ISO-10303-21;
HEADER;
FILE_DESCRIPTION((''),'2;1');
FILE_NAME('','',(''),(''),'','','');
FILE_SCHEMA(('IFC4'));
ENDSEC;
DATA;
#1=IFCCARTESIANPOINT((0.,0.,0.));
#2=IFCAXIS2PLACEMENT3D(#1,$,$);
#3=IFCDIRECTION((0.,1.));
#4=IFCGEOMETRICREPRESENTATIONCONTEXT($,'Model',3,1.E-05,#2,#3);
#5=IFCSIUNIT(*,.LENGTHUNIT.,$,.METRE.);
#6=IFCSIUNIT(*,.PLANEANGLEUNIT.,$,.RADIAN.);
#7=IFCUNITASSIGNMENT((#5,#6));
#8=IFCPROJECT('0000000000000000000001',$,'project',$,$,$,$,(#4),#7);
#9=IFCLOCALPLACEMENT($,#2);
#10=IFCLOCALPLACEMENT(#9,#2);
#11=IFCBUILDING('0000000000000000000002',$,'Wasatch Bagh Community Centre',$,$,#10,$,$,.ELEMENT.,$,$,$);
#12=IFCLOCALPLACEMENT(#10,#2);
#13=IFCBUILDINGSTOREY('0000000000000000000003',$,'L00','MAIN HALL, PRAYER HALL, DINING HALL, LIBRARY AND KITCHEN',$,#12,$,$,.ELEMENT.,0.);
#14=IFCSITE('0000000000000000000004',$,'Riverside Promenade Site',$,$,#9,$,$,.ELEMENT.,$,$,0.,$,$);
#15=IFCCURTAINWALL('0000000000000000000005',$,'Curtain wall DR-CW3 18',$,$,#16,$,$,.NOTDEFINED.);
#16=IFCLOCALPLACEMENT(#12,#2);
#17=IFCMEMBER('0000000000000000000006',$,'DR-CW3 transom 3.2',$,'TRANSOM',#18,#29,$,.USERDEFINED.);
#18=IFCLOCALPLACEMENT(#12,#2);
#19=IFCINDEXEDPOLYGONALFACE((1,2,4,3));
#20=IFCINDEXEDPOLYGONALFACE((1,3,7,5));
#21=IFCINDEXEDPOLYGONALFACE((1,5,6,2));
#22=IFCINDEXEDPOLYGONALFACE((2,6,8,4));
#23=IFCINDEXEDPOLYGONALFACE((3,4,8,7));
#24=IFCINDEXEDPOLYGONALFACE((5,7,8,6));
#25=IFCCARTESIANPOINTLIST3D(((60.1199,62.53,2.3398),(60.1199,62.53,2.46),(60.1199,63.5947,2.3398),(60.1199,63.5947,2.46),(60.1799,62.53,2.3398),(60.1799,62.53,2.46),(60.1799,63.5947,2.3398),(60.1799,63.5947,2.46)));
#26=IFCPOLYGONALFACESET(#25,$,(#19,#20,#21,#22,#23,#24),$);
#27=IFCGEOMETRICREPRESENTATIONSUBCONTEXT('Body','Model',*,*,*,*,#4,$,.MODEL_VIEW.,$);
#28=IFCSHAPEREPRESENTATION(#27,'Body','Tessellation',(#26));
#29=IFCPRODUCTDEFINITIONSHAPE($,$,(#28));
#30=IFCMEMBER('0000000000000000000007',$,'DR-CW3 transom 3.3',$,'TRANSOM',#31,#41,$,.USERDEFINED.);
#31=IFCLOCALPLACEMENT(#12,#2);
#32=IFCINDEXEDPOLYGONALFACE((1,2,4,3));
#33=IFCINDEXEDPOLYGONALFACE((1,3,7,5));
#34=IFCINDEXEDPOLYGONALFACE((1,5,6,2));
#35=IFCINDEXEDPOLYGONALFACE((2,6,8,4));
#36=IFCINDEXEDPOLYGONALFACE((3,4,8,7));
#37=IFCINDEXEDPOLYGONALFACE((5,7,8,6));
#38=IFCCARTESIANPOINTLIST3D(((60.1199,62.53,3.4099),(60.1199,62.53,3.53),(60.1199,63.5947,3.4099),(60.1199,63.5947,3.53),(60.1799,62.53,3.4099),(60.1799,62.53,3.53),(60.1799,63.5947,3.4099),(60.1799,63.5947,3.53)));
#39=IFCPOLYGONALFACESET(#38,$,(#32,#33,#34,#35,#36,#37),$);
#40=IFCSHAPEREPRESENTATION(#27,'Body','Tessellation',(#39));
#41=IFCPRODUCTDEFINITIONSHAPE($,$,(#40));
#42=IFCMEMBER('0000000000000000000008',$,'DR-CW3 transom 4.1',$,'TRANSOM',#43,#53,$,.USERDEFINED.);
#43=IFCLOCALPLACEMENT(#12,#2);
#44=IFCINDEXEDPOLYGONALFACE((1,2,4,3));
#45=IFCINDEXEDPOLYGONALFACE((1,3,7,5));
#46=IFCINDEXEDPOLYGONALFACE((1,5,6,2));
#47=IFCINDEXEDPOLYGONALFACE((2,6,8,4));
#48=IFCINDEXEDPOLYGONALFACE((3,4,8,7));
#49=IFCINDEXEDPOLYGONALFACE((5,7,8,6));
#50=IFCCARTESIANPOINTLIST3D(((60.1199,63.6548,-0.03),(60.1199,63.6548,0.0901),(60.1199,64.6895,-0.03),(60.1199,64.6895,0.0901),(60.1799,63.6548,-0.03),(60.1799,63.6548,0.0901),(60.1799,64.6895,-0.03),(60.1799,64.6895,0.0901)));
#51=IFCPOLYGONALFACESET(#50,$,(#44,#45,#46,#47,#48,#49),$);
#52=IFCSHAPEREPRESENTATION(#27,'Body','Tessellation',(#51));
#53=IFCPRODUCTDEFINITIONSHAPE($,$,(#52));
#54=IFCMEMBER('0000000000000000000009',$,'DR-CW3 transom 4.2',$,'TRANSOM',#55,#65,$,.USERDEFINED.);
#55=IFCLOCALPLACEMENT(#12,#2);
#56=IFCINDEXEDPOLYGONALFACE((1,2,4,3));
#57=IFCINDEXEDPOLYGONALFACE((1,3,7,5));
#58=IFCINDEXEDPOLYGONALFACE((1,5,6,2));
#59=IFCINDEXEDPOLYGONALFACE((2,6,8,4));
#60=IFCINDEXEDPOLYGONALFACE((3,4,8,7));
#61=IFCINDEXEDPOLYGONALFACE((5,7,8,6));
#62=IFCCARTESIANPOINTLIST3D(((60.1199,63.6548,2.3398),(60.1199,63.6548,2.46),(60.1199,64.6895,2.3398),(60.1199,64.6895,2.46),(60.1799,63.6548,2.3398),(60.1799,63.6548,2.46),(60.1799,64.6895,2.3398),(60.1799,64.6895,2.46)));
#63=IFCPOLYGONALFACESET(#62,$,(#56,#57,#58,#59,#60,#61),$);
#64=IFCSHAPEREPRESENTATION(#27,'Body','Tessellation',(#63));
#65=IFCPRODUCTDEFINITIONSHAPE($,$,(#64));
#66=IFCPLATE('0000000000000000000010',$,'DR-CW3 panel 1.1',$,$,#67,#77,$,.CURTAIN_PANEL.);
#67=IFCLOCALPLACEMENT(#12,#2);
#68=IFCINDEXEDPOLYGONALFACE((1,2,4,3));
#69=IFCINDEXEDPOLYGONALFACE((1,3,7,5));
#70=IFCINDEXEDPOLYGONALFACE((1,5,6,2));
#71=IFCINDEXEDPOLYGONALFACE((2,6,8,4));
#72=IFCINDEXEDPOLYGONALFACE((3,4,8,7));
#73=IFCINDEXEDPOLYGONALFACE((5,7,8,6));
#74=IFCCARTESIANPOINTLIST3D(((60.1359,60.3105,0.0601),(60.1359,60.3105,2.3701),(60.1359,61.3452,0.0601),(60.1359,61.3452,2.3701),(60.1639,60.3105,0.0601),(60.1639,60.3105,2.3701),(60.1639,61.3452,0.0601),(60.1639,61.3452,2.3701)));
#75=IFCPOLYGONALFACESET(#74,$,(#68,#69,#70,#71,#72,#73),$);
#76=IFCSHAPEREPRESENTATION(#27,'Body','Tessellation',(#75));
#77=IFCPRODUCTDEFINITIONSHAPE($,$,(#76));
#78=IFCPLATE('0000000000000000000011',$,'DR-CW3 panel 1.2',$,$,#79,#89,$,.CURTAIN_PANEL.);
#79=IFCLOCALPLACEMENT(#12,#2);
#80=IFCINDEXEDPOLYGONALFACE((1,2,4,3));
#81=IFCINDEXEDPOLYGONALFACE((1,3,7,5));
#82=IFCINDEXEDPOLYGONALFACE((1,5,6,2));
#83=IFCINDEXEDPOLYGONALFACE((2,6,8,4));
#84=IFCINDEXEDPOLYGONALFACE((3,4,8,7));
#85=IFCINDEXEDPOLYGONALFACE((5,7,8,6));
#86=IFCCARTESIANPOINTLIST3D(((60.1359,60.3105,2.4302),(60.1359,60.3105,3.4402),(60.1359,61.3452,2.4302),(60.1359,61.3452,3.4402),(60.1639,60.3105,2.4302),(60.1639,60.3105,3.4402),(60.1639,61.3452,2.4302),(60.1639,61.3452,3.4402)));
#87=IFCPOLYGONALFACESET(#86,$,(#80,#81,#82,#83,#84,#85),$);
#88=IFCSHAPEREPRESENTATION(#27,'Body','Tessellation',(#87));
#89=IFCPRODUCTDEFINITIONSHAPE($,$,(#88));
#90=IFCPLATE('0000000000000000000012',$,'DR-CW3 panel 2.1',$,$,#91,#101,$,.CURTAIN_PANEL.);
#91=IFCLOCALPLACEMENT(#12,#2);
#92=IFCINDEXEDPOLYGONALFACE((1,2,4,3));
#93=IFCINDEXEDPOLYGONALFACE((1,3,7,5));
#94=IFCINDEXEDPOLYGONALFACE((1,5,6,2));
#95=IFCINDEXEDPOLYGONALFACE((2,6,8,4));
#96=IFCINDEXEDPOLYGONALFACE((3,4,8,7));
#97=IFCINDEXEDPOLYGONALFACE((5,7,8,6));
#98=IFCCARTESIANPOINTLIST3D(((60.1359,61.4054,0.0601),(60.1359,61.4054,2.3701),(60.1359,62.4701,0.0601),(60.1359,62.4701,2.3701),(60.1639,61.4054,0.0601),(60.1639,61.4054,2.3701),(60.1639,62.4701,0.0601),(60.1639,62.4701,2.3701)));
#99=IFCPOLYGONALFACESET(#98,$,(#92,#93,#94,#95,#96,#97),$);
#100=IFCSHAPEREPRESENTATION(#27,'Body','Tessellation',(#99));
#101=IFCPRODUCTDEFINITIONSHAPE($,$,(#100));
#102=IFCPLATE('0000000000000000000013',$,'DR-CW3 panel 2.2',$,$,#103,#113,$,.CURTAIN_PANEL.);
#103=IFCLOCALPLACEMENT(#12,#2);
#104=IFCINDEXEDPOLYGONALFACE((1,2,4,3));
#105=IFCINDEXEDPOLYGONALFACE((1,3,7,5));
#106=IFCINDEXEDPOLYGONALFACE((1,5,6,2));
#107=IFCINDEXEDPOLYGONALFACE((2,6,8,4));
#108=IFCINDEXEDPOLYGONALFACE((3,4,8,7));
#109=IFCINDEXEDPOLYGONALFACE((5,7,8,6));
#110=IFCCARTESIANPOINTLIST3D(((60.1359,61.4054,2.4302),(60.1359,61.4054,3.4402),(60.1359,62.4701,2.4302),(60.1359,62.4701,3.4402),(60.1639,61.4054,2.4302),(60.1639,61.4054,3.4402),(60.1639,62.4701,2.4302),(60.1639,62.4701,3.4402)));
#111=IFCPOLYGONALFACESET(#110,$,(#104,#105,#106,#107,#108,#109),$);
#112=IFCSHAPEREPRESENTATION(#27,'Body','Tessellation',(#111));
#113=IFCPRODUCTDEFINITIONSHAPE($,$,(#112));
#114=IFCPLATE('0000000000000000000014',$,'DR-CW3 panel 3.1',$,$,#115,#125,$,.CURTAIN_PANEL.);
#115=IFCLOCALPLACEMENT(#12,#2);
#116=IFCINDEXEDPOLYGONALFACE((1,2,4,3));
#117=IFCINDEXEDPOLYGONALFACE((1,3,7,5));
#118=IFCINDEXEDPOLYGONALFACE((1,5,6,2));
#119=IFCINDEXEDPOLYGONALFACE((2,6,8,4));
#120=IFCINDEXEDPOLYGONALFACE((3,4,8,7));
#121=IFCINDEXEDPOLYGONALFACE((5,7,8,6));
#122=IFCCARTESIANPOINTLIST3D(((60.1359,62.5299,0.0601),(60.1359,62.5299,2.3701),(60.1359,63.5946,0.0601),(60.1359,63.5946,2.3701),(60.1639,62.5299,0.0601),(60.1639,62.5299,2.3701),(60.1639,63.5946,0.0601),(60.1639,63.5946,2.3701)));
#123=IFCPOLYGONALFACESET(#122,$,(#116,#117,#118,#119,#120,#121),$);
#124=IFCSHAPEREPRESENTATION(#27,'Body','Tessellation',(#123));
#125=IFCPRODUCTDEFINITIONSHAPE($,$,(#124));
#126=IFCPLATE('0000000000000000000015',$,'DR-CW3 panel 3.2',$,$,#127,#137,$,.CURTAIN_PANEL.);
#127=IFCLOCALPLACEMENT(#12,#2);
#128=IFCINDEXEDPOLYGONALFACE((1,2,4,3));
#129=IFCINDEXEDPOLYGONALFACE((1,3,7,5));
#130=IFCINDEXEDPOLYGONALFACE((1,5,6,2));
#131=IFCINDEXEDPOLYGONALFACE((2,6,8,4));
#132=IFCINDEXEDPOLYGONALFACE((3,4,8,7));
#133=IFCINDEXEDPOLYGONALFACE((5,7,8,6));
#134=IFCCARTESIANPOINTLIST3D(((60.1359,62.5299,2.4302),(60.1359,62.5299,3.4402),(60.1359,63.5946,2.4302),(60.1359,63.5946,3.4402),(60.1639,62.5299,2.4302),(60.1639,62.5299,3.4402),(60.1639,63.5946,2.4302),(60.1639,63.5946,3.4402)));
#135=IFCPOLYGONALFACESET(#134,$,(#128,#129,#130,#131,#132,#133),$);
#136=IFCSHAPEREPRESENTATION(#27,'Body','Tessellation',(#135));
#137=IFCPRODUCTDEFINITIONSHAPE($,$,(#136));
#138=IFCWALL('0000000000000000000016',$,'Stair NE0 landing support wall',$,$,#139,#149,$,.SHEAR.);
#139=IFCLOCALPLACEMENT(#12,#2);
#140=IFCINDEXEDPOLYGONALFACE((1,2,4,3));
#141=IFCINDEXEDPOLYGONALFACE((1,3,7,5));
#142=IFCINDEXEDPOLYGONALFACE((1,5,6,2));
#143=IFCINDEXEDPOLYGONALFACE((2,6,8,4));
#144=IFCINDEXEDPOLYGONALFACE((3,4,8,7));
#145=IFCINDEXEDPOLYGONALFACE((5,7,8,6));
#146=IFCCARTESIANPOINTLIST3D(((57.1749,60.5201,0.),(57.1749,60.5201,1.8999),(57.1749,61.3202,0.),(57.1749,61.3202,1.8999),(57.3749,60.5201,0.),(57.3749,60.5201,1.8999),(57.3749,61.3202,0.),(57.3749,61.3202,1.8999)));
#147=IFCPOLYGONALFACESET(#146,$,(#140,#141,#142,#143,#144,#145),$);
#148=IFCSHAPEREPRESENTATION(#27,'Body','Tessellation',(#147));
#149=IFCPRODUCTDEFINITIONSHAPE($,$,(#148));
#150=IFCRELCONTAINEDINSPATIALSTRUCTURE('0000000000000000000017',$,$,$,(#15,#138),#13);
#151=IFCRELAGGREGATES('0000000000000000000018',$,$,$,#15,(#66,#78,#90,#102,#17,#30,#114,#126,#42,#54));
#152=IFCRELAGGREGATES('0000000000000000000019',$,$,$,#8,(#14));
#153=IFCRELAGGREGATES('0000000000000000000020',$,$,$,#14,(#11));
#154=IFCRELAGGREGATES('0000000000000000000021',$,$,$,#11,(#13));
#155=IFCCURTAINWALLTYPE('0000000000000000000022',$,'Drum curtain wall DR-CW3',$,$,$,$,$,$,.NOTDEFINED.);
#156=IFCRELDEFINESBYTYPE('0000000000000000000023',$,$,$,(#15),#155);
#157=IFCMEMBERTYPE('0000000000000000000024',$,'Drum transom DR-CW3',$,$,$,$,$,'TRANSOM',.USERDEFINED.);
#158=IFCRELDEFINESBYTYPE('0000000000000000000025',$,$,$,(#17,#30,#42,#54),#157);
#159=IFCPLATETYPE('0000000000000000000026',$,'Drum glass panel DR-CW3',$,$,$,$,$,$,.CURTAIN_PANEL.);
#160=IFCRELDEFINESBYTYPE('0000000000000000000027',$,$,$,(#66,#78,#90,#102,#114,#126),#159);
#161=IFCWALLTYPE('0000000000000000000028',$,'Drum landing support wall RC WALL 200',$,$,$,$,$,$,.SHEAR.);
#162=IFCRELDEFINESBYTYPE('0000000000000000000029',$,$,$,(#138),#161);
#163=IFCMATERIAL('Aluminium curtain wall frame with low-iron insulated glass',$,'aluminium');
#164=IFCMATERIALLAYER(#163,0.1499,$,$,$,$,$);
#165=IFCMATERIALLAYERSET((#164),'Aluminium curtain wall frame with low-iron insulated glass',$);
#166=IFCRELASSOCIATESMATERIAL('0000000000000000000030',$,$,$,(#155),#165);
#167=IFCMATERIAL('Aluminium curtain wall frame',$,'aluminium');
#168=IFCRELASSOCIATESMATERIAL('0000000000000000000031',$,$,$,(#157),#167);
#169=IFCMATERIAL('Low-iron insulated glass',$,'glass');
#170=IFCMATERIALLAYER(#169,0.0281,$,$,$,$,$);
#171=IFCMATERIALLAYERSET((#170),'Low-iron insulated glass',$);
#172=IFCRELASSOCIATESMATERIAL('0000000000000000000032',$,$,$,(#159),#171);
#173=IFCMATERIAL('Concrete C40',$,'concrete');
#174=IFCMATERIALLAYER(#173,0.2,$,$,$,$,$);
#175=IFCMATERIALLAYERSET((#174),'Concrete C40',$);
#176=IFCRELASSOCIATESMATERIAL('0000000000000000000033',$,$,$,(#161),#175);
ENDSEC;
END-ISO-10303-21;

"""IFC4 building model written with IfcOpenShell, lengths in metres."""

from ifc_helpers import new_model, si_unit, direction, frame, frame_2d, origin, origin_2d, place, context, subcontext, project, spatial, rectangle, extrude, material, layer, layer_set, material_profile, profile_set, type_object, element, aggregate, save


model = new_model("IFC4")

# Units and contexts
model_context = context("Model", 3, precision=1e-05, world=origin(), true_north=direction((0.0, 1.0)))
body_context = subcontext(model_context, "Body", "Model", "MODEL_VIEW")
ifc_project = project(units=[si_unit("LENGTHUNIT", "METRE"), si_unit("PLANEANGLEUNIT", "RADIAN")], contexts=[model_context])

# Site, building, storey
site_placement = place(None, origin())
site = spatial("IfcSite", under=ifc_project, at=site_placement, Name="Riverside Promenade Site", CompositionType="ELEMENT", RefElevation=0.0)
building_placement = place(site_placement, origin())
building = spatial("IfcBuilding", under=site, at=building_placement, Name="Wasatch Bagh Community Centre", CompositionType="ELEMENT")
storey_placement = place(building_placement, origin())
storey = spatial("IfcBuildingStorey", under=building, at=storey_placement, Name="L00", Description="MAIN HALL, PRAYER HALL, DINING HALL, LIBRARY AND KITCHEN", CompositionType="ELEMENT", Elevation=0.0)

# Curtain wall, members, plates
ifc_material_1 = material(Name="Aluminium curtain wall frame with low-iron insulated glass", Category="aluminium")
ifc_layer_1 = layer(ifc_material_1, 0.1499)
ifc_layer_set_1 = layer_set([ifc_layer_1], Name="Aluminium curtain wall frame with low-iron insulated glass")
curtain_wall_type = type_object("IfcCurtainWallType", Name="Drum curtain wall DR-CW3", PredefinedType="NOTDEFINED", material=ifc_layer_set_1)
curtain_wall_placement = place(storey_placement, origin())
curtain_wall = element("IfcCurtainWall", 1, at=curtain_wall_placement, inside=storey, type_object=curtain_wall_type, Name="Curtain wall DR-CW3 18", PredefinedType="NOTDEFINED")
ifc_material_2 = material(Name="Aluminium curtain wall frame", Category="aluminium")
ifc_material_profile_1 = material_profile(ifc_material_2, rectangle(XDim=0.0601, YDim=0.1201, at=origin_2d()), Name="Drum transom DR-CW3")
ifc_profile_set_1 = profile_set([ifc_material_profile_1], Name="Aluminium curtain wall frame")
member_type_1 = type_object("IfcMemberType", Name="Drum transom DR-CW3", ElementType="TRANSOM", PredefinedType="USERDEFINED", material=ifc_profile_set_1)
member_1_placement = place(storey_placement, frame((60.1499, 62.53, 2.3999), z_axis=(0.0, 1.0, 0.0), x_axis=(-1.0, 0.0, 0.0)))
member_1 = element("IfcMember", 2, at=member_1_placement, type_object=member_type_1, Name="DR-CW3 transom 3.2", ObjectType="TRANSOM", PredefinedType="USERDEFINED", context=body_context, shape_type="SweptSolid", body=[
    extrude(rectangle(XDim=0.0601, YDim=0.1201, at=origin_2d()), origin(), (0.0, 0.0, 1.0), 1.0647),
])
member_2_placement = place(storey_placement, frame((60.1499, 62.53, 3.47), z_axis=(0.0, 1.0, 0.0), x_axis=(-1.0, 0.0, 0.0)))
member_2 = element("IfcMember", 3, at=member_2_placement, type_object=member_type_1, Name="DR-CW3 transom 3.3", ObjectType="TRANSOM", PredefinedType="USERDEFINED", context=body_context, shape_type="SweptSolid", body=[
    extrude(rectangle(XDim=0.0601, YDim=0.1201, at=origin_2d()), origin(), (0.0, 0.0, 1.0), 1.0647),
])
member_3_placement = place(storey_placement, frame((60.1499, 63.6548, 0.03), z_axis=(0.0, 1.0, 0.0), x_axis=(-1.0, 0.0, 0.0)))
member_3 = element("IfcMember", 4, at=member_3_placement, type_object=member_type_1, Name="DR-CW3 transom 4.1", ObjectType="TRANSOM", PredefinedType="USERDEFINED", context=body_context, shape_type="SweptSolid", body=[
    extrude(rectangle(XDim=0.0601, YDim=0.1201, at=origin_2d()), origin(), (0.0, 0.0, 1.0), 1.0347),
])
member_4_placement = place(storey_placement, frame((60.1499, 63.6548, 2.3999), z_axis=(0.0, 1.0, 0.0), x_axis=(-1.0, 0.0, 0.0)))
member_4 = element("IfcMember", 5, at=member_4_placement, type_object=member_type_1, Name="DR-CW3 transom 4.2", ObjectType="TRANSOM", PredefinedType="USERDEFINED", context=body_context, shape_type="SweptSolid", body=[
    extrude(rectangle(XDim=0.0601, YDim=0.1201, at=origin_2d()), origin(), (0.0, 0.0, 1.0), 1.0347),
])
ifc_material_3 = material(Name="Low-iron insulated glass", Category="glass")
ifc_layer_2 = layer(ifc_material_3, 0.0281)
ifc_layer_set_2 = layer_set([ifc_layer_2], Name="Low-iron insulated glass")
plate_type = type_object("IfcPlateType", Name="Drum glass panel DR-CW3", PredefinedType="CURTAIN_PANEL", material=ifc_layer_set_2)
plate_1_placement = place(storey_placement, frame((60.1499, 60.8279, 0.0601), z_axis=(0.0, 0.0, 1.0), x_axis=(0.0, 1.0, 0.0)))
plate_1 = element("IfcPlate", 6, at=plate_1_placement, type_object=plate_type, Name="DR-CW3 panel 1.1", PredefinedType="CURTAIN_PANEL", context=body_context, shape_type="SweptSolid", body=[
    extrude(rectangle(XDim=1.0347, YDim=0.0281, at=origin_2d()), origin(), (0.0, 0.0, 1.0), 2.3101),
])
plate_2_placement = place(storey_placement, frame((60.1499, 60.8279, 2.4302), z_axis=(0.0, 0.0, 1.0), x_axis=(0.0, 1.0, 0.0)))
plate_2 = element("IfcPlate", 7, at=plate_2_placement, type_object=plate_type, Name="DR-CW3 panel 1.2", PredefinedType="CURTAIN_PANEL", context=body_context, shape_type="SweptSolid", body=[
    extrude(rectangle(XDim=1.0347, YDim=0.0281, at=origin_2d()), origin(), (0.0, 0.0, 1.0), 1.01),
])
plate_3_placement = place(storey_placement, frame((60.1499, 61.9377, 0.0601), z_axis=(0.0, 0.0, 1.0), x_axis=(0.0, 1.0, 0.0)))
plate_3 = element("IfcPlate", 8, at=plate_3_placement, type_object=plate_type, Name="DR-CW3 panel 2.1", PredefinedType="CURTAIN_PANEL", context=body_context, shape_type="SweptSolid", body=[
    extrude(rectangle(XDim=1.0647, YDim=0.0281, at=origin_2d()), origin(), (0.0, 0.0, 1.0), 2.3101),
])
plate_4_placement = place(storey_placement, frame((60.1499, 61.9377, 2.4302), z_axis=(0.0, 0.0, 1.0), x_axis=(0.0, 1.0, 0.0)))
plate_4 = element("IfcPlate", 9, at=plate_4_placement, type_object=plate_type, Name="DR-CW3 panel 2.2", PredefinedType="CURTAIN_PANEL", context=body_context, shape_type="SweptSolid", body=[
    extrude(rectangle(XDim=1.0647, YDim=0.0281, at=origin_2d()), origin(), (0.0, 0.0, 1.0), 1.01),
])
plate_5_placement = place(storey_placement, frame((60.1499, 63.0623, 0.0601), z_axis=(0.0, 0.0, 1.0), x_axis=(0.0, 1.0, 0.0)))
plate_5 = element("IfcPlate", 10, at=plate_5_placement, type_object=plate_type, Name="DR-CW3 panel 3.1", PredefinedType="CURTAIN_PANEL", context=body_context, shape_type="SweptSolid", body=[
    extrude(rectangle(XDim=1.0647, YDim=0.0281, at=origin_2d()), origin(), (0.0, 0.0, 1.0), 2.3101),
])
plate_6_placement = place(storey_placement, frame((60.1499, 63.0623, 2.4302), z_axis=(0.0, 0.0, 1.0), x_axis=(0.0, 1.0, 0.0)))
plate_6 = element("IfcPlate", 11, at=plate_6_placement, type_object=plate_type, Name="DR-CW3 panel 3.2", PredefinedType="CURTAIN_PANEL", context=body_context, shape_type="SweptSolid", body=[
    extrude(rectangle(XDim=1.0647, YDim=0.0281, at=origin_2d()), origin(), (0.0, 0.0, 1.0), 1.01),
])
aggregate(curtain_wall, [plate_1, plate_2, plate_3, plate_4, member_1, member_2, plate_5, plate_6, member_3, member_4])

# Wall
ifc_material_4 = material(Name="Concrete C40", Category="concrete")
ifc_layer_3 = layer(ifc_material_4, 0.2)
ifc_layer_set_3 = layer_set([ifc_layer_3], Name="Concrete C40")
wall_type = type_object("IfcWallType", Name="Drum landing support wall RC WALL 200", PredefinedType="SHEAR", material=ifc_layer_set_3)
wall_placement = place(storey_placement, frame((57.2749, 61.3201, 0.0), z_axis=(0.0, 0.0, 1.0), x_axis=(0.0, -1.0, 0.0)))
element("IfcWall", 12, at=wall_placement, inside=storey, type_object=wall_type, Name="Stair NE0 landing support wall", PredefinedType="SHEAR", context=body_context, shape_type="SweptSolid", body=[
    extrude(rectangle(XDim=0.8, YDim=0.2, at=frame_2d((0.3999, 0.0))), origin(), (0.0, 0.0, 1.0), 1.8999),
])

save(model, "model.ifc")
